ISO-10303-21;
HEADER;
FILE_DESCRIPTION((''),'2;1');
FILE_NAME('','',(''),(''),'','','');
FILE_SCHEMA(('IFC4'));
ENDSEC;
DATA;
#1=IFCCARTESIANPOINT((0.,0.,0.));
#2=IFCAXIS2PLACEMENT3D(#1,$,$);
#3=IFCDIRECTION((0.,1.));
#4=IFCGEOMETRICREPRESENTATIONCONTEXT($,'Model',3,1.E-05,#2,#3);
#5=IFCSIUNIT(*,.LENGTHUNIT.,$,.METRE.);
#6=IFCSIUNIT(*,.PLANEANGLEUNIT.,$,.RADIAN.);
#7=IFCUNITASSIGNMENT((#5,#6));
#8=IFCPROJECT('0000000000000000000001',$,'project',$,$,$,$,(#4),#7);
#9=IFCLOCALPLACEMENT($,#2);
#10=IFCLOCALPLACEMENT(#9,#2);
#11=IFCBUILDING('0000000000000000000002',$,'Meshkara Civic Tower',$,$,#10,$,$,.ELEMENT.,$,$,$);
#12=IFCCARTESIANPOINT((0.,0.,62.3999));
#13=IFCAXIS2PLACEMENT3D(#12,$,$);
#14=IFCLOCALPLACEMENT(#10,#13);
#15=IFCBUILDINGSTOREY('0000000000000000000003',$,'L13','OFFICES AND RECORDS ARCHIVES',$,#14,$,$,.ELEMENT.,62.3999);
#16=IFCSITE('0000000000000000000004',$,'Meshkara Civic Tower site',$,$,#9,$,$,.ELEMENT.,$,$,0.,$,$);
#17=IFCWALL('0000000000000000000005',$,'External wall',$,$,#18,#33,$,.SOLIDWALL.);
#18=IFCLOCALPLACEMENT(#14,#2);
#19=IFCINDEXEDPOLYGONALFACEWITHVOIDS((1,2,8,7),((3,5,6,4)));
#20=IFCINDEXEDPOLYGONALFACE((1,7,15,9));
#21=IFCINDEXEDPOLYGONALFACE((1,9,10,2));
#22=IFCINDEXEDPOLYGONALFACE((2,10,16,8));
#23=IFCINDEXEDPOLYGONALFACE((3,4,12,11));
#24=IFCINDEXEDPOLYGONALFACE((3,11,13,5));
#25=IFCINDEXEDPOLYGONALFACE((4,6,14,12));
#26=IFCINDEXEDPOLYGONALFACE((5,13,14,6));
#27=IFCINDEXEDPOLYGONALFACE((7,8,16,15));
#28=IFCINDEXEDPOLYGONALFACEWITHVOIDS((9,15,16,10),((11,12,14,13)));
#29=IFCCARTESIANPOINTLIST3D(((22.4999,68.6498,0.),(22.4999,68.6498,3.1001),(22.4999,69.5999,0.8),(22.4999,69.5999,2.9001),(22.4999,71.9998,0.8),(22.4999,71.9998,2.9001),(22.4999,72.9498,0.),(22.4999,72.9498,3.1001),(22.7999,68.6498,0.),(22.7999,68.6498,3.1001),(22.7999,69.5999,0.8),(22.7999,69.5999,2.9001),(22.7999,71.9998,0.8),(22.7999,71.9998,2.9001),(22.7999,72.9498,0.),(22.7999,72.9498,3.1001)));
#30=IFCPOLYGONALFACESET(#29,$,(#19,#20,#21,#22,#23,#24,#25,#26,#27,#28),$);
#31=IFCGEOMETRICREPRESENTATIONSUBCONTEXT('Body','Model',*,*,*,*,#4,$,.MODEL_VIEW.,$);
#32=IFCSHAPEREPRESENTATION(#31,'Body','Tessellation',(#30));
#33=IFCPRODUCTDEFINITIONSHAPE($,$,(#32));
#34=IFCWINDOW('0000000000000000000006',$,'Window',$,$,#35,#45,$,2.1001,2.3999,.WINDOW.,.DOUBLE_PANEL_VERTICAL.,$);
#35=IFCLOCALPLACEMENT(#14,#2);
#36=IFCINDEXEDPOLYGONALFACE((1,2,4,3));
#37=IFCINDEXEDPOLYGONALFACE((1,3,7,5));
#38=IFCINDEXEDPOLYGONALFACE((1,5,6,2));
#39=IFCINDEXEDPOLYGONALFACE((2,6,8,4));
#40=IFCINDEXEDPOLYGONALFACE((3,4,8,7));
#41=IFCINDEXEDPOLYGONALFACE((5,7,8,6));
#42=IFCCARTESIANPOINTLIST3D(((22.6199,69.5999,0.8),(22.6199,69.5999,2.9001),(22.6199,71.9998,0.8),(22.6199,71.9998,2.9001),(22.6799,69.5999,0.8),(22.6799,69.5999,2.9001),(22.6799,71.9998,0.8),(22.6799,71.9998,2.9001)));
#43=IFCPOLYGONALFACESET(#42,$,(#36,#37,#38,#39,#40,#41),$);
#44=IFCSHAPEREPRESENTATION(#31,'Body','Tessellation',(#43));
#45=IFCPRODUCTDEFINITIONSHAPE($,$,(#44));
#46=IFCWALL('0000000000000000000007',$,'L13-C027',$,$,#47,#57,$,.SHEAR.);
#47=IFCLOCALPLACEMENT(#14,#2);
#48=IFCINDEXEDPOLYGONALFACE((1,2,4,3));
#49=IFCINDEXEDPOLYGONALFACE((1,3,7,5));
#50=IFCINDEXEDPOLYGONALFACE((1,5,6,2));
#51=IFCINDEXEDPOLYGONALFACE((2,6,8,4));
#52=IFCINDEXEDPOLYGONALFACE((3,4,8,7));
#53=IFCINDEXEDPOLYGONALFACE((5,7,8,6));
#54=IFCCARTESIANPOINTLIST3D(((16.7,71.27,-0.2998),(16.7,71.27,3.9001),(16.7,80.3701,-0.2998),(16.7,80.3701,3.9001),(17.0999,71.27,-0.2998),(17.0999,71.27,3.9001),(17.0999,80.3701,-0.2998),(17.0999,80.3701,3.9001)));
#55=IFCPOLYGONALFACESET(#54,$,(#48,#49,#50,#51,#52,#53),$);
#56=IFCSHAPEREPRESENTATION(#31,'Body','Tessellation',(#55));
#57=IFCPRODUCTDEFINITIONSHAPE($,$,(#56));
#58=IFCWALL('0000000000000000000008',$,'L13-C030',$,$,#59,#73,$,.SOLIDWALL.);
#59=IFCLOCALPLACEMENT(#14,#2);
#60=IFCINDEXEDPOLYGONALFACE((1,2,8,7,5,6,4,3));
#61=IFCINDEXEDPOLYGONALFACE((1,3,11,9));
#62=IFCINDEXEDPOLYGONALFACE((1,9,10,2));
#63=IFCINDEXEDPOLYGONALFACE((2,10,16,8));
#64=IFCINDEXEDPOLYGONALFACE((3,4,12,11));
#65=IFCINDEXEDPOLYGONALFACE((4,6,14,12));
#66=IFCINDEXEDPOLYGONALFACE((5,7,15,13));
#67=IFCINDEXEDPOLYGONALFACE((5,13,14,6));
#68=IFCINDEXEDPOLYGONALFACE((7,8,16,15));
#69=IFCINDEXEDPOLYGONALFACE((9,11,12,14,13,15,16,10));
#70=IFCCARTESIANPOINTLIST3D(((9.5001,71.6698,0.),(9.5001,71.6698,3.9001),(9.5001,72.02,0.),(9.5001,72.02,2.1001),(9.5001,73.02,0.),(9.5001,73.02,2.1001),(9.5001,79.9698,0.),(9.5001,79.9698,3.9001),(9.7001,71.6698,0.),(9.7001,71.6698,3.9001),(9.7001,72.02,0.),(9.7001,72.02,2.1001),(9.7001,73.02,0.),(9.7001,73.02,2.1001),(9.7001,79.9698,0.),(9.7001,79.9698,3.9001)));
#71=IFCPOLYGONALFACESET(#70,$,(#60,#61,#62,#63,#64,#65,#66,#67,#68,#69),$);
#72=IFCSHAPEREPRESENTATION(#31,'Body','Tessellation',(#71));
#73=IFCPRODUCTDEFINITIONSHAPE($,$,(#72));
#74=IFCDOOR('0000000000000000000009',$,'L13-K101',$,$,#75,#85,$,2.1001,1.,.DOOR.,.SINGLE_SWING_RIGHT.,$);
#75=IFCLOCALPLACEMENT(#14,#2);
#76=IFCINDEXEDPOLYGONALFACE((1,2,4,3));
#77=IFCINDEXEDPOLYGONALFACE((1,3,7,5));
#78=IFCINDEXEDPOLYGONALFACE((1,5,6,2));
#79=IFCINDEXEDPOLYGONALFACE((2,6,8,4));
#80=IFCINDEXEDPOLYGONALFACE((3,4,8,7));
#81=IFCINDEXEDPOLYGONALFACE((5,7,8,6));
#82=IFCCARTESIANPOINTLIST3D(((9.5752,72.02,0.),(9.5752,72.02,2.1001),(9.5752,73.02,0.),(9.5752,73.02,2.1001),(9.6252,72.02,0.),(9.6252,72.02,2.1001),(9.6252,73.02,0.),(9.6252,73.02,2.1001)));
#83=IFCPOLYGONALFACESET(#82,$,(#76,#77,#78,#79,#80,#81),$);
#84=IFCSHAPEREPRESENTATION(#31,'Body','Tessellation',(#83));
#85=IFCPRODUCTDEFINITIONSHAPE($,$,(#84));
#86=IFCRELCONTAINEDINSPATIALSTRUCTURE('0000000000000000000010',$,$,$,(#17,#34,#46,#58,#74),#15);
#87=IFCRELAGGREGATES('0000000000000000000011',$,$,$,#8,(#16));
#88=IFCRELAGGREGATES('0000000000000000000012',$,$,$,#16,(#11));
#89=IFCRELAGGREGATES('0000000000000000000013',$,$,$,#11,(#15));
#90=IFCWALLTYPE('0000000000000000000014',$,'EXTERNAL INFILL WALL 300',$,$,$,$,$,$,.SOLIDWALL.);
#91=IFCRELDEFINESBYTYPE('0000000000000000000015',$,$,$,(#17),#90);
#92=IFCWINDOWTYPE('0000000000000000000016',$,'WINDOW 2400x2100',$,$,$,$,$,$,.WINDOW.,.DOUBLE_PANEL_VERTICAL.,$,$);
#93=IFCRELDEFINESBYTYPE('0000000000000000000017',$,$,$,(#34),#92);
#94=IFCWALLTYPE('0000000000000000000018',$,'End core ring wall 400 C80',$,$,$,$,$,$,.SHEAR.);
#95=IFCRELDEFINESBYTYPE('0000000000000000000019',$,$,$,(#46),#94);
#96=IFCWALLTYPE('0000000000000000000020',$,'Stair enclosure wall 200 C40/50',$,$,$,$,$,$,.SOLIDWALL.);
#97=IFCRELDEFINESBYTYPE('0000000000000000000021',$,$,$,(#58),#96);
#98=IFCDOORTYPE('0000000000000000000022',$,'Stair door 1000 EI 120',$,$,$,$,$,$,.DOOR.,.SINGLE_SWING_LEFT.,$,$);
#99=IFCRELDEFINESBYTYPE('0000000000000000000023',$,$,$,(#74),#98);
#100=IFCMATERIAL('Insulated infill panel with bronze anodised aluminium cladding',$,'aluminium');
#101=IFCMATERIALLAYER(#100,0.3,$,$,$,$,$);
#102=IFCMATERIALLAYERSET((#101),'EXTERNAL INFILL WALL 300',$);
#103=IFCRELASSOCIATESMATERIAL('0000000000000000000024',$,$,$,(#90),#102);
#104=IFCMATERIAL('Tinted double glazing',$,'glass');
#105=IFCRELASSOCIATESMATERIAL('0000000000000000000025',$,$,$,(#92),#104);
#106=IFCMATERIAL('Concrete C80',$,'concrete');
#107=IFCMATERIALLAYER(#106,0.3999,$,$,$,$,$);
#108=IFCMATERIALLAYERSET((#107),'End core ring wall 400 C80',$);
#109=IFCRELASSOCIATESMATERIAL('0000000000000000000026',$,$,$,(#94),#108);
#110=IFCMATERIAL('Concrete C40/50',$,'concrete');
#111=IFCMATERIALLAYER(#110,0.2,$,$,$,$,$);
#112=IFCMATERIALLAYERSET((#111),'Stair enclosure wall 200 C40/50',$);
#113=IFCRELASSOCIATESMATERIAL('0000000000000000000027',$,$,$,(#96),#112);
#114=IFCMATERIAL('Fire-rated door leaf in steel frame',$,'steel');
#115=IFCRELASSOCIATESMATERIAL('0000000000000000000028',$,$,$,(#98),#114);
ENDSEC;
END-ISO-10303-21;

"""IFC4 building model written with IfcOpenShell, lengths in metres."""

from ifc_helpers import new_model, si_unit, direction, frame, frame_2d, origin, place, context, subcontext, project, spatial, rectangle, extrude, material, layer, layer_set, type_object, element, fill, save


model = new_model("IFC4")

# Units and contexts
model_context = context("Model", 3, precision=1e-05, world=origin(), true_north=direction((0.0, 1.0)))
body_context = subcontext(model_context, "Body", "Model", "MODEL_VIEW")
ifc_project = project(units=[si_unit("LENGTHUNIT", "METRE"), si_unit("PLANEANGLEUNIT", "RADIAN")], contexts=[model_context])

# Site, building, storey
site_placement = place(None, origin())
site = spatial("IfcSite", under=ifc_project, at=site_placement, Name="Meshkara Civic Tower site", CompositionType="ELEMENT", RefElevation=0.0)
building_placement = place(site_placement, origin())
building = spatial("IfcBuilding", under=site, at=building_placement, Name="Meshkara Civic Tower", CompositionType="ELEMENT")
storey_placement = place(building_placement, frame((0.0, 0.0, 62.3999)))
storey = spatial("IfcBuildingStorey", under=building, at=storey_placement, Name="L13", Description="OFFICES AND RECORDS ARCHIVES", CompositionType="ELEMENT", Elevation=62.3999)

# Wall, opening, window
ifc_material_1 = material(Name="Insulated infill panel with bronze anodised aluminium cladding", Category="aluminium")
ifc_layer_1 = layer(ifc_material_1, 0.3)
ifc_layer_set_1 = layer_set([ifc_layer_1], Name="EXTERNAL INFILL WALL 300")
wall_type_1 = type_object("IfcWallType", Name="EXTERNAL INFILL WALL 300", PredefinedType="SOLIDWALL", material=ifc_layer_set_1)
wall_1_placement = place(storey_placement, frame((22.6499, 68.6499, 0.0), z_axis=(0.0, 0.0, 1.0), x_axis=(0.0, 1.0, 0.0)))
wall_1 = element("IfcWall", 1, at=wall_1_placement, inside=storey, type_object=wall_type_1, Name="External wall", PredefinedType="SOLIDWALL", context=body_context, shape_type="SweptSolid", body=[
    extrude(rectangle(XDim=4.3, YDim=0.3, at=frame_2d((2.1499, 0.0))), origin(), (0.0, 0.0, 1.0), 3.1001),
])
opening_1_placement = place(wall_1_placement, frame((0.95, 0.0, 0.8)))
opening_1 = element("IfcOpeningElement", 2, at=opening_1_placement, cuts=wall_1, PredefinedType="OPENING", context=body_context, shape_type="SweptSolid", body=[
    extrude(rectangle(XDim=2.3999, YDim=2.1001, at=frame_2d((1.2, 1.05))), frame((0.0, 0.1599, 0.0), z_axis=(0.0, -1.0, 0.0), x_axis=(1.0, 0.0, 0.0)), (0.0, 0.0, 1.0), 0.3201),
])
ifc_material_2 = material(Name="Tinted double glazing", Category="glass")
window_type = type_object("IfcWindowType", Name="WINDOW 2400x2100", PartitioningType="DOUBLE_PANEL_VERTICAL", PredefinedType="WINDOW", material=ifc_material_2)
window_placement = place(opening_1_placement, origin())
window = element("IfcWindow", 3, at=window_placement, inside=storey, type_object=window_type, Name="Window", OverallHeight=2.1001, OverallWidth=2.3999, PartitioningType="DOUBLE_PANEL_VERTICAL", PredefinedType="WINDOW", context=body_context, shape_type="SweptSolid", body=[
    extrude(rectangle(XDim=2.3999, YDim=2.1001, at=frame_2d((1.2, 1.05))), frame((0.0, 0.03, 0.0), z_axis=(0.0, -1.0, 0.0), x_axis=(1.0, 0.0, 0.0)), (0.0, 0.0, 1.0), 0.0601),
])
fill(opening_1, window)

# Wall
ifc_material_3 = material(Name="Concrete C80", Category="concrete")
ifc_layer_2 = layer(ifc_material_3, 0.3999)
ifc_layer_set_2 = layer_set([ifc_layer_2], Name="End core ring wall 400 C80")
wall_type_2 = type_object("IfcWallType", Name="End core ring wall 400 C80", PredefinedType="SHEAR", material=ifc_layer_set_2)
wall_2_placement = place(storey_placement, frame((16.8999, 71.27, -0.2998), z_axis=(0.0, 0.0, 1.0), x_axis=(0.0, 1.0, 0.0)))
element("IfcWall", 4, at=wall_2_placement, inside=storey, type_object=wall_type_2, Name="L13-C027", PredefinedType="SHEAR", context=body_context, shape_type="SweptSolid", body=[
    extrude(rectangle(XDim=9.1001, YDim=0.3999, at=frame_2d((4.55, 0.0))), origin(), (0.0, 0.0, 1.0), 4.2),
])

# Wall, opening, door
ifc_material_4 = material(Name="Concrete C40/50", Category="concrete")
ifc_layer_3 = layer(ifc_material_4, 0.2)
ifc_layer_set_3 = layer_set([ifc_layer_3], Name="Stair enclosure wall 200 C40/50")
wall_type_3 = type_object("IfcWallType", Name="Stair enclosure wall 200 C40/50", PredefinedType="SOLIDWALL", material=ifc_layer_set_3)
wall_3_placement = place(storey_placement, frame((9.6001, 71.6699, 0.0), z_axis=(0.0, 0.0, 1.0), x_axis=(0.0, 1.0, 0.0)))
wall_3 = element("IfcWall", 5, at=wall_3_placement, inside=storey, type_object=wall_type_3, Name="L13-C030", PredefinedType="SOLIDWALL", context=body_context, shape_type="SweptSolid", body=[
    extrude(rectangle(XDim=8.3, YDim=0.2, at=frame_2d((4.1499, 0.0))), origin(), (0.0, 0.0, 1.0), 3.9001),
])
opening_2_placement = place(wall_3_placement, frame((0.3501, 0.0, 0.0)))
opening_2 = element("IfcOpeningElement", 6, at=opening_2_placement, cuts=wall_3, PredefinedType="OPENING", context=body_context, shape_type="SweptSolid", body=[
    extrude(rectangle(XDim=1.0, YDim=2.1001, at=frame_2d((0.5, 1.05))), frame((0.0, 0.1099, 0.0), z_axis=(0.0, -1.0, 0.0), x_axis=(1.0, 0.0, 0.0)), (0.0, 0.0, 1.0), 0.22),
])
ifc_material_5 = material(Name="Fire-rated door leaf in steel frame", Category="steel")
door_type_1 = type_object("IfcDoorType", Name="Stair door 1000 EI 120", OperationType="SINGLE_SWING_LEFT", PredefinedType="DOOR", material=ifc_material_5)
door_1_placement = place(opening_2_placement, origin())
door_1 = element("IfcDoor", 7, at=door_1_placement, inside=storey, type_object=door_type_1, Name="L13-K101", OperationType="SINGLE_SWING_RIGHT", OverallHeight=2.1001, OverallWidth=1.0, PredefinedType="DOOR", context=body_context, shape_type="SweptSolid", body=[
    extrude(rectangle(XDim=1.0, YDim=2.1001, at=frame_2d((0.5, 1.05))), frame((0.0, 0.0249, 0.0), z_axis=(0.0, -1.0, 0.0), x_axis=(1.0, 0.0, 0.0)), (0.0, 0.0, 1.0), 0.05),
])
fill(opening_2, door_1)

save(model, "model.ifc")
